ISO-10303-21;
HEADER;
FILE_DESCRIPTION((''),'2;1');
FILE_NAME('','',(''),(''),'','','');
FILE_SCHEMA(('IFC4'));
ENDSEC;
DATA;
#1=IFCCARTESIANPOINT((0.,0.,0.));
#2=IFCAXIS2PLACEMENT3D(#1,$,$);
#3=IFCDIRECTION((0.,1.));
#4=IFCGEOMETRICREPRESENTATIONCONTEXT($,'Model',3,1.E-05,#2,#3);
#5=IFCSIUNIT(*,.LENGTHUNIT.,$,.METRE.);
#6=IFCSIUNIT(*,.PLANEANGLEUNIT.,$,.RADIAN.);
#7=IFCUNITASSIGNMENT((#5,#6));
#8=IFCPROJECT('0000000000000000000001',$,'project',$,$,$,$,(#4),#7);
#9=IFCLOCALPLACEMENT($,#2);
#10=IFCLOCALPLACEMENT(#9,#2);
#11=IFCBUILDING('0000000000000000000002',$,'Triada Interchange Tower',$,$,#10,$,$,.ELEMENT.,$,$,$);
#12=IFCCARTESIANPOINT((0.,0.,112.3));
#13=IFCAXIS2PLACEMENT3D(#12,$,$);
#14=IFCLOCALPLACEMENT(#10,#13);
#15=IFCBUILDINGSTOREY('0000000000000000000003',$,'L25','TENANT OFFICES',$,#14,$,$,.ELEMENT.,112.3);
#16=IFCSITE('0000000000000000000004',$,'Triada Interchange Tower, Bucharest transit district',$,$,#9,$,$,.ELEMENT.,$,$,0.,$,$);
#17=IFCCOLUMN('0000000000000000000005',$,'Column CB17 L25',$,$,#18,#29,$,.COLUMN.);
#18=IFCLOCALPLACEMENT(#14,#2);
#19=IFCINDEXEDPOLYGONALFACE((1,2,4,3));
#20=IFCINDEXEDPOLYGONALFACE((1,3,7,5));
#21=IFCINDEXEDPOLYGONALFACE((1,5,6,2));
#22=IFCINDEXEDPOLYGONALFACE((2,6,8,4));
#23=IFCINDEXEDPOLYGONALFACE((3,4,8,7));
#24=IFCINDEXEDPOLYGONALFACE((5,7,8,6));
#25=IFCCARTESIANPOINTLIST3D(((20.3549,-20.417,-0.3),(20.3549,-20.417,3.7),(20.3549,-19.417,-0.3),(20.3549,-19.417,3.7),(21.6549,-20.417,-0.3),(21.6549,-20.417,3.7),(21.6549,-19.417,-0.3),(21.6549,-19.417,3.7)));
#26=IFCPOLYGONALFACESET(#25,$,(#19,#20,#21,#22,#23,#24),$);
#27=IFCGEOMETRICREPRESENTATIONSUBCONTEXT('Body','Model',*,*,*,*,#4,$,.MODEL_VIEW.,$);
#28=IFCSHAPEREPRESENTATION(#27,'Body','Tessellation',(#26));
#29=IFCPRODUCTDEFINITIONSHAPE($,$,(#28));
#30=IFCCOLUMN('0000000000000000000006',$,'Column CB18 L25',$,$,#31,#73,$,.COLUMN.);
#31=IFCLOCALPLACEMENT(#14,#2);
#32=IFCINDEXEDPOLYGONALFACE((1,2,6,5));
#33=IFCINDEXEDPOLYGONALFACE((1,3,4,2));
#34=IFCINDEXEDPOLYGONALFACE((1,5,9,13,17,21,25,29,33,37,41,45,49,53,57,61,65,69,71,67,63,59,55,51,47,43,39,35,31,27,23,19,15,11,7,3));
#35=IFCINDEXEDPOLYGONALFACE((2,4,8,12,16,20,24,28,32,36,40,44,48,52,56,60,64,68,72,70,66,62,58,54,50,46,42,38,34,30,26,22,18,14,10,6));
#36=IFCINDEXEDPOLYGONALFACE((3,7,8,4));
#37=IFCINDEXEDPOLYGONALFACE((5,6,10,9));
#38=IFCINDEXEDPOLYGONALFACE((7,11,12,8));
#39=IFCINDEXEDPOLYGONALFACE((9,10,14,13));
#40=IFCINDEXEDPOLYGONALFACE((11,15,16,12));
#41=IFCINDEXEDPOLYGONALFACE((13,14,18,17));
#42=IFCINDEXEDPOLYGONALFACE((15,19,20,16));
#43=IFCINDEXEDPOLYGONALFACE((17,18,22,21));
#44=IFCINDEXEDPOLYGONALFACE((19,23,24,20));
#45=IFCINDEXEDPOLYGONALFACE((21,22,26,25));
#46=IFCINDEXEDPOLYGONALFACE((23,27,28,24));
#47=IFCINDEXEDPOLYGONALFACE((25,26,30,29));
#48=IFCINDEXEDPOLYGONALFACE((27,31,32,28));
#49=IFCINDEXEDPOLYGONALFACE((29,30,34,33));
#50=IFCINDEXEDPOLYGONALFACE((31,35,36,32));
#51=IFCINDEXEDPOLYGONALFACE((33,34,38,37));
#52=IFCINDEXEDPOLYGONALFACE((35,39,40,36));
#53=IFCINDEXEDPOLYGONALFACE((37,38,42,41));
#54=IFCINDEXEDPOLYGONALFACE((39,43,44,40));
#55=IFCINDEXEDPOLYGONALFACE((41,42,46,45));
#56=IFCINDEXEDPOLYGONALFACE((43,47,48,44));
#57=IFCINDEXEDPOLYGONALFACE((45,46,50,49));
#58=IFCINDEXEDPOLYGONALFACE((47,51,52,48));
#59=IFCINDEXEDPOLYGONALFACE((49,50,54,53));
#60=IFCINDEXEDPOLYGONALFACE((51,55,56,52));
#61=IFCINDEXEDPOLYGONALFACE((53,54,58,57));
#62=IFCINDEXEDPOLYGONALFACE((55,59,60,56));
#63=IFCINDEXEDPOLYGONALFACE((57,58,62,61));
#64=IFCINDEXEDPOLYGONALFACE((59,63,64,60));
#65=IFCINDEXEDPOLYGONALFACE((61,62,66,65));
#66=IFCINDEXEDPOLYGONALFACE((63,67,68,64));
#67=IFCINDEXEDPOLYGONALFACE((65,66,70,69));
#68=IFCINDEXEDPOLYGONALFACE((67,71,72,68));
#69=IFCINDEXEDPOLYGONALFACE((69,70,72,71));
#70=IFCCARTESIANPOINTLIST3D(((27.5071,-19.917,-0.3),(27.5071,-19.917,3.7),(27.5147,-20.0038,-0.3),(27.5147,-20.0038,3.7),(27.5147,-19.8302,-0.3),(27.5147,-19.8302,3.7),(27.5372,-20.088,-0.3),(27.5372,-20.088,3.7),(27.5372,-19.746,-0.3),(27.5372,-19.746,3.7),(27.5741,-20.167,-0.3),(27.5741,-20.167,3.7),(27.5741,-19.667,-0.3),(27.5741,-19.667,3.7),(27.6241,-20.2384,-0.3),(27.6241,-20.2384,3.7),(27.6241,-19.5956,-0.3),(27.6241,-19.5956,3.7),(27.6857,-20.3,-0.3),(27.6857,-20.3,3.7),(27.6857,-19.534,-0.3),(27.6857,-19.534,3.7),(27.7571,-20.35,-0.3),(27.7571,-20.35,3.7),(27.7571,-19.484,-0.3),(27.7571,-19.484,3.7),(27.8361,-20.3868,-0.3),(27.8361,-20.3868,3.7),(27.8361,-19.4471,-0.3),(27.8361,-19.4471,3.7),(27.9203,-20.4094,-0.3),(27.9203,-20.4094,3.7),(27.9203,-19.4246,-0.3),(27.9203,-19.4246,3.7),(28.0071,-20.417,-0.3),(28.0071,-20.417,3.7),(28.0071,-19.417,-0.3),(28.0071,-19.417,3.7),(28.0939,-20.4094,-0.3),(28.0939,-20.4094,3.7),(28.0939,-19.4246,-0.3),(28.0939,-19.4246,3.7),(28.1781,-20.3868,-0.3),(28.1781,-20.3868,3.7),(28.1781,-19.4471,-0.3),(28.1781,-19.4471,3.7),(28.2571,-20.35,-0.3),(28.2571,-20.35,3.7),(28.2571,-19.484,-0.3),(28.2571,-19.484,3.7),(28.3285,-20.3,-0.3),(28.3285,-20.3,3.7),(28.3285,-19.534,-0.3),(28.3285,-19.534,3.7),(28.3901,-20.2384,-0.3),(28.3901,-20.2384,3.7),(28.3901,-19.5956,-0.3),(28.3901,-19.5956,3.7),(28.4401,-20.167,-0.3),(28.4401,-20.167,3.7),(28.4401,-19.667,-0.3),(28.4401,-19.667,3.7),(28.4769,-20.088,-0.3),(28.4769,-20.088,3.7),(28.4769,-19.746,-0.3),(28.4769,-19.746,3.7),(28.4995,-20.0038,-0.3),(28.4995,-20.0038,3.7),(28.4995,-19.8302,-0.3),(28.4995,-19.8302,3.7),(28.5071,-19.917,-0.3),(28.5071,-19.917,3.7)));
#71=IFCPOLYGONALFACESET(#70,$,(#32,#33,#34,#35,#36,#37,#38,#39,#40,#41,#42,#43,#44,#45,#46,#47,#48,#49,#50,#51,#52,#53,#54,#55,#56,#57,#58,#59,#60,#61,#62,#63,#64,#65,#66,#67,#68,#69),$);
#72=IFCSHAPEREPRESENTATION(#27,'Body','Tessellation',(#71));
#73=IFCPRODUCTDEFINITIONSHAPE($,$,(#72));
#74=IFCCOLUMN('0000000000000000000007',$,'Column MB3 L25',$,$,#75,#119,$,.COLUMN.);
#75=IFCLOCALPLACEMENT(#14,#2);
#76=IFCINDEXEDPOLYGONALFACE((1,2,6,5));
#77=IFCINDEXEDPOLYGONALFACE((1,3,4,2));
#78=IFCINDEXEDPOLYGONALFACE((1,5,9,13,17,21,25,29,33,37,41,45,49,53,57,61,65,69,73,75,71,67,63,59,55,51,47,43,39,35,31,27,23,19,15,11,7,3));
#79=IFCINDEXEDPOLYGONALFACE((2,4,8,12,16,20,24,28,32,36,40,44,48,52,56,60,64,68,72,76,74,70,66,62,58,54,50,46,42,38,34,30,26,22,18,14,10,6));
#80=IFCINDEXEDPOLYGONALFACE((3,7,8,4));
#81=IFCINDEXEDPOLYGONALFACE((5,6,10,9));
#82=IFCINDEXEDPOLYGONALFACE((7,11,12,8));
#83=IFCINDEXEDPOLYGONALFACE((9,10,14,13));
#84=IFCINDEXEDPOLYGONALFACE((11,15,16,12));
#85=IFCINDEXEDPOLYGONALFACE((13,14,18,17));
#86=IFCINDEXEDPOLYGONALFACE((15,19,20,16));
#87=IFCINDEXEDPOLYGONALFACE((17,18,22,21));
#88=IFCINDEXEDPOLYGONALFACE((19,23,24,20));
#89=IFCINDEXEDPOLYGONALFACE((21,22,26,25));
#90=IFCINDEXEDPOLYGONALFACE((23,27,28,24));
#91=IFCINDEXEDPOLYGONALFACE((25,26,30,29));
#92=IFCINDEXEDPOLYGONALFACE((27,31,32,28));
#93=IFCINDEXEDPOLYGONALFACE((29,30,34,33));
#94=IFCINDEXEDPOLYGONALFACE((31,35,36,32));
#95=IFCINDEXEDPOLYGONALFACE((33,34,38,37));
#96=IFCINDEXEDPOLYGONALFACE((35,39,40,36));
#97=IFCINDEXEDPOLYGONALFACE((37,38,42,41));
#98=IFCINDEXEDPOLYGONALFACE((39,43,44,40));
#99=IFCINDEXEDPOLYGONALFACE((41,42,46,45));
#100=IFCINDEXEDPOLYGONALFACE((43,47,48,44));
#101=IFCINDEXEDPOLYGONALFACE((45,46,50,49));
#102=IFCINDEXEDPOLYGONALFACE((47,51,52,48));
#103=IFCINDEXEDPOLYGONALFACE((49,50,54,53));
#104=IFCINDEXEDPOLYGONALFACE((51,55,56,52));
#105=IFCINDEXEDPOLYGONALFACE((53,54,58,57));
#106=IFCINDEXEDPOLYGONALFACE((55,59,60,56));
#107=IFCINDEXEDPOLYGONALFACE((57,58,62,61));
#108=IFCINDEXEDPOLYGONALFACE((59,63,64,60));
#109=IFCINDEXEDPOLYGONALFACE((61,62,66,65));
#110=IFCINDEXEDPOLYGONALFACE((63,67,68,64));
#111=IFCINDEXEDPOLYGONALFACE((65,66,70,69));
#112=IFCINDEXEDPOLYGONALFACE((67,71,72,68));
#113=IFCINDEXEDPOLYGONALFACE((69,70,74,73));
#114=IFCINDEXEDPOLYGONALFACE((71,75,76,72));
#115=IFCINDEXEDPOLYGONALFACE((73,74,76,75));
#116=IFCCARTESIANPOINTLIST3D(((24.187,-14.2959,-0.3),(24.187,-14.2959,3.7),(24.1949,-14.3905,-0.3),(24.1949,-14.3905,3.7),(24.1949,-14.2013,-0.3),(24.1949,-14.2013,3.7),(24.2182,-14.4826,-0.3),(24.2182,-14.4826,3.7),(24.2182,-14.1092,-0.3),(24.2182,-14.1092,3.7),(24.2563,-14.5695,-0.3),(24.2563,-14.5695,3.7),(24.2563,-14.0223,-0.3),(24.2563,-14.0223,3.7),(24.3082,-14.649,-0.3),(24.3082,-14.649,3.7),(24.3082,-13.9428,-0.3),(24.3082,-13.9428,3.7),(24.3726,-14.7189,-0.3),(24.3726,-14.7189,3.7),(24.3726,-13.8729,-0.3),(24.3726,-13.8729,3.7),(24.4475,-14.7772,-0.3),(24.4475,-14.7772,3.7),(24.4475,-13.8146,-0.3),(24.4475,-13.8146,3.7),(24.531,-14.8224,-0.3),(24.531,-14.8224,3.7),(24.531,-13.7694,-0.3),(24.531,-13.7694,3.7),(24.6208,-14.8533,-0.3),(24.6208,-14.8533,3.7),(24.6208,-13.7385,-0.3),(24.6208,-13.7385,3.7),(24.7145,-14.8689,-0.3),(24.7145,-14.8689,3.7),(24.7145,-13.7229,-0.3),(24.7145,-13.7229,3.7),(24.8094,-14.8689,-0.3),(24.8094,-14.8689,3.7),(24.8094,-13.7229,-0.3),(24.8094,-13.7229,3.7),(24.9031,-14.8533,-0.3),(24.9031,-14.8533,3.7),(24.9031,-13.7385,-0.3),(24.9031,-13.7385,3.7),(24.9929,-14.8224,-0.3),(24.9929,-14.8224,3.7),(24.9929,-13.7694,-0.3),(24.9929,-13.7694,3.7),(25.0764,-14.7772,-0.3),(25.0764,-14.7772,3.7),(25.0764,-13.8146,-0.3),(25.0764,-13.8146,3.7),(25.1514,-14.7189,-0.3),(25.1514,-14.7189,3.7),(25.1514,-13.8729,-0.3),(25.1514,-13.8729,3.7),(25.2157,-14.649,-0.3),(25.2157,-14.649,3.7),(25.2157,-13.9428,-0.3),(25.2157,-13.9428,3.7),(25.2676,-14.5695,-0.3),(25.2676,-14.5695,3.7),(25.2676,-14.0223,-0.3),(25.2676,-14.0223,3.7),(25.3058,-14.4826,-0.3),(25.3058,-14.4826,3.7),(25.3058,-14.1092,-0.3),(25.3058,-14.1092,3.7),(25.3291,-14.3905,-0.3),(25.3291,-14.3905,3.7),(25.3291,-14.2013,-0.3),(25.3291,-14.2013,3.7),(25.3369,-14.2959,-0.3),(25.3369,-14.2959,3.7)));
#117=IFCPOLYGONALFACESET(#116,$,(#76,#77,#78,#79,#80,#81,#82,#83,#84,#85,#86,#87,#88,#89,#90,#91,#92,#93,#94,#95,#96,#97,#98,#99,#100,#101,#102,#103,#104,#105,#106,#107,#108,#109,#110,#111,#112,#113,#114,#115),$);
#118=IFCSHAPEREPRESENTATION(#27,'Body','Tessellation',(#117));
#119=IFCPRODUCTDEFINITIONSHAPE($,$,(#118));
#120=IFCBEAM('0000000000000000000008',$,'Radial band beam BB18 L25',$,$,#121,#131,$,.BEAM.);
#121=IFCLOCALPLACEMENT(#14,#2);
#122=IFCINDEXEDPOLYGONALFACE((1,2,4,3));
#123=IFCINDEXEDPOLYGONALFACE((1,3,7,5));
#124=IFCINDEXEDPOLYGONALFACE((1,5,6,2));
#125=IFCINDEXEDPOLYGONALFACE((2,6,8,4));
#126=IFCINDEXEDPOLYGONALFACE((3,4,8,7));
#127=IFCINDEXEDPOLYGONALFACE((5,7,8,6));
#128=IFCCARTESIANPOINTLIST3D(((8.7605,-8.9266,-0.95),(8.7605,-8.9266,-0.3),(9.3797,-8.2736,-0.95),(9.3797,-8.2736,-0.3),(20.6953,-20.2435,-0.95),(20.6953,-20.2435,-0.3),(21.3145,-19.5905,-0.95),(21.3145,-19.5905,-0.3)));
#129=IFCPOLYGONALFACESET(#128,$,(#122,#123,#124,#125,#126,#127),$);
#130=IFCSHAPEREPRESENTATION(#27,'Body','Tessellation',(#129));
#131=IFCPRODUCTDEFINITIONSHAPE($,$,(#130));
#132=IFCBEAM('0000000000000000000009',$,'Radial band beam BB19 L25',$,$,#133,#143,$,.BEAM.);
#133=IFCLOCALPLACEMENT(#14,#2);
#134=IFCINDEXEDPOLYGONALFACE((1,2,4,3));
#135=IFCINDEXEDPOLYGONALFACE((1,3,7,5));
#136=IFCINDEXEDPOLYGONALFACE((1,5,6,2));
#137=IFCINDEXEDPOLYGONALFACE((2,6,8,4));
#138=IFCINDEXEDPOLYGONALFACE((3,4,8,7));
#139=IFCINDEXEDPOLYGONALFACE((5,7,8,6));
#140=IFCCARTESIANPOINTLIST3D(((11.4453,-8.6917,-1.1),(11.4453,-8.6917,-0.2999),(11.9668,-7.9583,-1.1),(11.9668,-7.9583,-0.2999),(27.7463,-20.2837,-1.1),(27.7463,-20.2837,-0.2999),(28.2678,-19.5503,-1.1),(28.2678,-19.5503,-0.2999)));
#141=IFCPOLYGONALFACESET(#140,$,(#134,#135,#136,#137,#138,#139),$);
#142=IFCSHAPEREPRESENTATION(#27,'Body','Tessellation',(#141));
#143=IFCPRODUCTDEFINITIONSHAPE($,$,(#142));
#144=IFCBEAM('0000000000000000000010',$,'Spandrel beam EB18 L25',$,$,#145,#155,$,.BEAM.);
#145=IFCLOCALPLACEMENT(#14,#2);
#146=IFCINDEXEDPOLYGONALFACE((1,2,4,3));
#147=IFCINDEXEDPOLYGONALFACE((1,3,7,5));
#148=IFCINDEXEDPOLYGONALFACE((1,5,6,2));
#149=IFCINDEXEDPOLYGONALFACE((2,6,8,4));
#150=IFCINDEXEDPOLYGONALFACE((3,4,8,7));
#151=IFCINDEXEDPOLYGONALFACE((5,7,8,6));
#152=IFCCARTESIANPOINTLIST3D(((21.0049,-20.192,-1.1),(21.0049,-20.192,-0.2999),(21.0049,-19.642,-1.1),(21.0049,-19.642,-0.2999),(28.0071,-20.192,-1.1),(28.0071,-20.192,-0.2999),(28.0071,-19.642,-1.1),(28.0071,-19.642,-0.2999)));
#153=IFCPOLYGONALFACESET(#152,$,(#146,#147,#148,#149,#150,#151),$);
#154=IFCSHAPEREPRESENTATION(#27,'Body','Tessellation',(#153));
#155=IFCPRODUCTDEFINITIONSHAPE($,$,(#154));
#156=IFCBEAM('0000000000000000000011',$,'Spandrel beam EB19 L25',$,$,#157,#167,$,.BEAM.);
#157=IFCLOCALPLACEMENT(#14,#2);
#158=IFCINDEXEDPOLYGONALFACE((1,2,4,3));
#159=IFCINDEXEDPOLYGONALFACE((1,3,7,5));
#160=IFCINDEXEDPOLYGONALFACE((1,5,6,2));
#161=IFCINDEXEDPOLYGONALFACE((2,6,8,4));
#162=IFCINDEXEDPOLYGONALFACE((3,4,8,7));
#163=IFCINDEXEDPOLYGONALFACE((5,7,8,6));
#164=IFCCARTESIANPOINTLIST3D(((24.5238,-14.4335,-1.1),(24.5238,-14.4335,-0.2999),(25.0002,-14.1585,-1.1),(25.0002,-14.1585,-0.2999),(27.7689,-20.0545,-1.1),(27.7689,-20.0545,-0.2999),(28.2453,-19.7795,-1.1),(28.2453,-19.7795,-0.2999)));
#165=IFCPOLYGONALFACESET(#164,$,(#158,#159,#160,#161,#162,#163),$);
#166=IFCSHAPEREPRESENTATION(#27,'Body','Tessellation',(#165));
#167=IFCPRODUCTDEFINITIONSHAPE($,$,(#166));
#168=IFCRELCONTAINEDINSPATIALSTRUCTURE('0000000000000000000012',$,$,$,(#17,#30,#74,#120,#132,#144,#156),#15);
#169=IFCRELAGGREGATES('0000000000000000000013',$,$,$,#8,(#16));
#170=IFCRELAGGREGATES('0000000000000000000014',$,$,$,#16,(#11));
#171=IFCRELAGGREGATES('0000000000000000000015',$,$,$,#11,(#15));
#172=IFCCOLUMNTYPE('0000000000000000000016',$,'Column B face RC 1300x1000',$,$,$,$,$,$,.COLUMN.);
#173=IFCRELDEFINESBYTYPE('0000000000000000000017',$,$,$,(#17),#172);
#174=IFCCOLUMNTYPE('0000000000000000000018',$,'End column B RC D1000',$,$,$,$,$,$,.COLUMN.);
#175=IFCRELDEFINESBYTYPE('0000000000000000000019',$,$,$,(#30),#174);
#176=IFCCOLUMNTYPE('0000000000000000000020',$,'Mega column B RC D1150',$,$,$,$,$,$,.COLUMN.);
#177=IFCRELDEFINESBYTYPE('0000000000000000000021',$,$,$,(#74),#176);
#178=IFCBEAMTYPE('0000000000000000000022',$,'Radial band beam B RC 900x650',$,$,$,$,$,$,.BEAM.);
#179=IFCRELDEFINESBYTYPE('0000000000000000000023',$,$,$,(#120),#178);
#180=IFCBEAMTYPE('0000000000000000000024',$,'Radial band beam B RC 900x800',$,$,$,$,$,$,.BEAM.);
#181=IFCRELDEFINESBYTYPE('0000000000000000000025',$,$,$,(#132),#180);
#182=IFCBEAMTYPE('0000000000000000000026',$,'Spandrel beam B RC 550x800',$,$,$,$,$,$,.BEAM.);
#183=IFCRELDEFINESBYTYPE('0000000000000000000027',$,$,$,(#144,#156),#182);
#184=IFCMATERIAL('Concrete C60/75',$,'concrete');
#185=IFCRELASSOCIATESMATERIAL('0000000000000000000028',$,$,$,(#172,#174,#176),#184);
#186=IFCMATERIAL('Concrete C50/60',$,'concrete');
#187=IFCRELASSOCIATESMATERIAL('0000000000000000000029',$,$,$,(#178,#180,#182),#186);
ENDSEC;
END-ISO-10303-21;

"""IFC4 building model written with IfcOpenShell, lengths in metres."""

from ifc_helpers import new_model, si_unit, direction, frame, origin, origin_2d, place, context, subcontext, project, spatial, rectangle, circle, extrude, material, material_profile, profile_set, type_object, element, save


model = new_model("IFC4")

# Units and contexts
model_context = context("Model", 3, precision=1e-05, world=origin(), true_north=direction((0.0, 1.0)))
body_context = subcontext(model_context, "Body", "Model", "MODEL_VIEW")
ifc_project = project(units=[si_unit("LENGTHUNIT", "METRE"), si_unit("PLANEANGLEUNIT", "RADIAN")], contexts=[model_context])

# Site, building, storey
site_placement = place(None, origin())
site = spatial("IfcSite", under=ifc_project, at=site_placement, Name="Triada Interchange Tower, Bucharest transit district", CompositionType="ELEMENT", RefElevation=0.0)
building_placement = place(site_placement, origin())
building = spatial("IfcBuilding", under=site, at=building_placement, Name="Triada Interchange Tower", CompositionType="ELEMENT")
storey_placement = place(building_placement, frame((0.0, 0.0, 112.3)))
storey = spatial("IfcBuildingStorey", under=building, at=storey_placement, Name="L25", Description="TENANT OFFICES", CompositionType="ELEMENT", Elevation=112.3)

# Columns
ifc_material_1 = material(Name="Concrete C60/75", Category="concrete")
ifc_material_profile_1 = material_profile(ifc_material_1, rectangle(XDim=1.3, YDim=1.0, at=origin_2d()), Name="RC 1300x1000")
ifc_profile_set_1 = profile_set([ifc_material_profile_1], Name="Concrete C60/75")
column_type_1 = type_object("IfcColumnType", Name="Column B face RC 1300x1000", PredefinedType="COLUMN", material=ifc_profile_set_1)
column_1_placement = place(storey_placement, frame((21.0049, -19.917, -0.3), z_axis=(0.0, 0.0, 1.0), x_axis=(1.0, 0.0, 0.0)))
element("IfcColumn", 1, at=column_1_placement, inside=storey, type_object=column_type_1, Name="Column CB17 L25", PredefinedType="COLUMN", context=body_context, shape_type="SweptSolid", body=[
    extrude(rectangle(XDim=1.3, YDim=1.0, at=origin_2d()), origin(), (0.0, 0.0, 1.0), 4.0),
])
ifc_material_profile_2 = material_profile(ifc_material_1, circle(Radius=0.5, at=origin_2d()), Name="RC D1000")
ifc_profile_set_2 = profile_set([ifc_material_profile_2], Name="Concrete C60/75")
column_type_2 = type_object("IfcColumnType", Name="End column B RC D1000", PredefinedType="COLUMN", material=ifc_profile_set_2)
column_2_placement = place(storey_placement, frame((28.0071, -19.917, -0.3), z_axis=(0.0, 0.0, 1.0), x_axis=(1.0, 0.0, 0.0)))
element("IfcColumn", 2, at=column_2_placement, inside=storey, type_object=column_type_2, Name="Column CB18 L25", PredefinedType="COLUMN", context=body_context, shape_type="SweptSolid", body=[
    extrude(circle(Radius=0.5, at=origin_2d()), origin(), (0.0, 0.0, 1.0), 4.0),
])
ifc_material_profile_3 = material_profile(ifc_material_1, circle(Radius=0.575, at=origin_2d()), Name="RC D1150")
ifc_profile_set_3 = profile_set([ifc_material_profile_3], Name="Concrete C60/75")
column_type_3 = type_object("IfcColumnType", Name="Mega column B RC D1150", PredefinedType="COLUMN", material=ifc_profile_set_3)
column_3_placement = place(storey_placement, frame((24.762, -14.2959, -0.3), z_axis=(0.0, 0.0, 1.0), x_axis=(1.0, 0.0, 0.0)))
element("IfcColumn", 3, at=column_3_placement, inside=storey, type_object=column_type_3, Name="Column MB3 L25", PredefinedType="COLUMN", context=body_context, shape_type="SweptSolid", body=[
    extrude(circle(Radius=0.575, at=origin_2d()), origin(), (0.0, 0.0, 1.0), 4.0),
])

# Beams
ifc_material_2 = material(Name="Concrete C50/60", Category="concrete")
ifc_material_profile_4 = material_profile(ifc_material_2, rectangle(XDim=0.8999, YDim=0.6499, at=origin_2d()), Name="RC 900x650")
ifc_profile_set_4 = profile_set([ifc_material_profile_4], Name="Concrete C50/60")
beam_type_1 = type_object("IfcBeamType", Name="Radial band beam B RC 900x650", PredefinedType="BEAM", material=ifc_profile_set_4)
beam_1_placement = place(storey_placement, frame((21.0049, -19.917, -0.625), z_axis=(-0.725642, 0.688072, 0.0), x_axis=(-0.688072, -0.725642, 0.0)))
element("IfcBeam", 4, at=beam_1_placement, inside=storey, type_object=beam_type_1, Name="Radial band beam BB18 L25", PredefinedType="BEAM", context=body_context, shape_type="SweptSolid", body=[
    extrude(rectangle(XDim=0.8999, YDim=0.6499, at=origin_2d()), origin(), (0.0, 0.0, 1.0), 16.4473),
])
ifc_material_profile_5 = material_profile(ifc_material_2, rectangle(XDim=0.8999, YDim=0.8, at=origin_2d()), Name="RC 900x800")
ifc_profile_set_5 = profile_set([ifc_material_profile_5], Name="Concrete C50/60")
beam_type_2 = type_object("IfcBeamType", Name="Radial band beam B RC 900x800", PredefinedType="BEAM", material=ifc_profile_set_5)
beam_2_placement = place(storey_placement, frame((28.0071, -19.917, -0.7), z_axis=(-0.814951, 0.57953, 0.0), x_axis=(-0.57953, -0.814951, 0.0)))
element("IfcBeam", 5, at=beam_2_placement, inside=storey, type_object=beam_type_2, Name="Radial band beam BB19 L25", PredefinedType="BEAM", context=body_context, shape_type="SweptSolid", body=[
    extrude(rectangle(XDim=0.8999, YDim=0.8, at=origin_2d()), origin(), (0.0, 0.0, 1.0), 20.0024),
])
ifc_material_profile_6 = material_profile(ifc_material_2, rectangle(XDim=0.55, YDim=0.8, at=origin_2d()), Name="RC 550x800")
ifc_profile_set_6 = profile_set([ifc_material_profile_6], Name="Concrete C50/60")
beam_type_3 = type_object("IfcBeamType", Name="Spandrel beam B RC 550x800", PredefinedType="BEAM", material=ifc_profile_set_6)
beam_3_placement = place(storey_placement, frame((21.0049, -19.917, -0.7), z_axis=(1.0, 0.0, 0.0), x_axis=(0.0, 1.0, 0.0)))
element("IfcBeam", 6, at=beam_3_placement, inside=storey, type_object=beam_type_3, Name="Spandrel beam EB18 L25", PredefinedType="BEAM", context=body_context, shape_type="SweptSolid", body=[
    extrude(rectangle(XDim=0.55, YDim=0.8, at=origin_2d()), origin(), (0.0, 0.0, 1.0), 7.0022),
])
beam_4_placement = place(storey_placement, frame((28.0071, -19.917, -0.7), z_axis=(-0.499974, 0.86604, 0.0), x_axis=(-0.86604, -0.499974, 0.0)))
element("IfcBeam", 7, at=beam_4_placement, inside=storey, type_object=beam_type_3, Name="Spandrel beam EB19 L25", PredefinedType="BEAM", context=body_context, shape_type="SweptSolid", body=[
    extrude(rectangle(XDim=0.55, YDim=0.8, at=origin_2d()), origin(), (0.0, 0.0, 1.0), 6.4905),
])

save(model, "model.ifc")
